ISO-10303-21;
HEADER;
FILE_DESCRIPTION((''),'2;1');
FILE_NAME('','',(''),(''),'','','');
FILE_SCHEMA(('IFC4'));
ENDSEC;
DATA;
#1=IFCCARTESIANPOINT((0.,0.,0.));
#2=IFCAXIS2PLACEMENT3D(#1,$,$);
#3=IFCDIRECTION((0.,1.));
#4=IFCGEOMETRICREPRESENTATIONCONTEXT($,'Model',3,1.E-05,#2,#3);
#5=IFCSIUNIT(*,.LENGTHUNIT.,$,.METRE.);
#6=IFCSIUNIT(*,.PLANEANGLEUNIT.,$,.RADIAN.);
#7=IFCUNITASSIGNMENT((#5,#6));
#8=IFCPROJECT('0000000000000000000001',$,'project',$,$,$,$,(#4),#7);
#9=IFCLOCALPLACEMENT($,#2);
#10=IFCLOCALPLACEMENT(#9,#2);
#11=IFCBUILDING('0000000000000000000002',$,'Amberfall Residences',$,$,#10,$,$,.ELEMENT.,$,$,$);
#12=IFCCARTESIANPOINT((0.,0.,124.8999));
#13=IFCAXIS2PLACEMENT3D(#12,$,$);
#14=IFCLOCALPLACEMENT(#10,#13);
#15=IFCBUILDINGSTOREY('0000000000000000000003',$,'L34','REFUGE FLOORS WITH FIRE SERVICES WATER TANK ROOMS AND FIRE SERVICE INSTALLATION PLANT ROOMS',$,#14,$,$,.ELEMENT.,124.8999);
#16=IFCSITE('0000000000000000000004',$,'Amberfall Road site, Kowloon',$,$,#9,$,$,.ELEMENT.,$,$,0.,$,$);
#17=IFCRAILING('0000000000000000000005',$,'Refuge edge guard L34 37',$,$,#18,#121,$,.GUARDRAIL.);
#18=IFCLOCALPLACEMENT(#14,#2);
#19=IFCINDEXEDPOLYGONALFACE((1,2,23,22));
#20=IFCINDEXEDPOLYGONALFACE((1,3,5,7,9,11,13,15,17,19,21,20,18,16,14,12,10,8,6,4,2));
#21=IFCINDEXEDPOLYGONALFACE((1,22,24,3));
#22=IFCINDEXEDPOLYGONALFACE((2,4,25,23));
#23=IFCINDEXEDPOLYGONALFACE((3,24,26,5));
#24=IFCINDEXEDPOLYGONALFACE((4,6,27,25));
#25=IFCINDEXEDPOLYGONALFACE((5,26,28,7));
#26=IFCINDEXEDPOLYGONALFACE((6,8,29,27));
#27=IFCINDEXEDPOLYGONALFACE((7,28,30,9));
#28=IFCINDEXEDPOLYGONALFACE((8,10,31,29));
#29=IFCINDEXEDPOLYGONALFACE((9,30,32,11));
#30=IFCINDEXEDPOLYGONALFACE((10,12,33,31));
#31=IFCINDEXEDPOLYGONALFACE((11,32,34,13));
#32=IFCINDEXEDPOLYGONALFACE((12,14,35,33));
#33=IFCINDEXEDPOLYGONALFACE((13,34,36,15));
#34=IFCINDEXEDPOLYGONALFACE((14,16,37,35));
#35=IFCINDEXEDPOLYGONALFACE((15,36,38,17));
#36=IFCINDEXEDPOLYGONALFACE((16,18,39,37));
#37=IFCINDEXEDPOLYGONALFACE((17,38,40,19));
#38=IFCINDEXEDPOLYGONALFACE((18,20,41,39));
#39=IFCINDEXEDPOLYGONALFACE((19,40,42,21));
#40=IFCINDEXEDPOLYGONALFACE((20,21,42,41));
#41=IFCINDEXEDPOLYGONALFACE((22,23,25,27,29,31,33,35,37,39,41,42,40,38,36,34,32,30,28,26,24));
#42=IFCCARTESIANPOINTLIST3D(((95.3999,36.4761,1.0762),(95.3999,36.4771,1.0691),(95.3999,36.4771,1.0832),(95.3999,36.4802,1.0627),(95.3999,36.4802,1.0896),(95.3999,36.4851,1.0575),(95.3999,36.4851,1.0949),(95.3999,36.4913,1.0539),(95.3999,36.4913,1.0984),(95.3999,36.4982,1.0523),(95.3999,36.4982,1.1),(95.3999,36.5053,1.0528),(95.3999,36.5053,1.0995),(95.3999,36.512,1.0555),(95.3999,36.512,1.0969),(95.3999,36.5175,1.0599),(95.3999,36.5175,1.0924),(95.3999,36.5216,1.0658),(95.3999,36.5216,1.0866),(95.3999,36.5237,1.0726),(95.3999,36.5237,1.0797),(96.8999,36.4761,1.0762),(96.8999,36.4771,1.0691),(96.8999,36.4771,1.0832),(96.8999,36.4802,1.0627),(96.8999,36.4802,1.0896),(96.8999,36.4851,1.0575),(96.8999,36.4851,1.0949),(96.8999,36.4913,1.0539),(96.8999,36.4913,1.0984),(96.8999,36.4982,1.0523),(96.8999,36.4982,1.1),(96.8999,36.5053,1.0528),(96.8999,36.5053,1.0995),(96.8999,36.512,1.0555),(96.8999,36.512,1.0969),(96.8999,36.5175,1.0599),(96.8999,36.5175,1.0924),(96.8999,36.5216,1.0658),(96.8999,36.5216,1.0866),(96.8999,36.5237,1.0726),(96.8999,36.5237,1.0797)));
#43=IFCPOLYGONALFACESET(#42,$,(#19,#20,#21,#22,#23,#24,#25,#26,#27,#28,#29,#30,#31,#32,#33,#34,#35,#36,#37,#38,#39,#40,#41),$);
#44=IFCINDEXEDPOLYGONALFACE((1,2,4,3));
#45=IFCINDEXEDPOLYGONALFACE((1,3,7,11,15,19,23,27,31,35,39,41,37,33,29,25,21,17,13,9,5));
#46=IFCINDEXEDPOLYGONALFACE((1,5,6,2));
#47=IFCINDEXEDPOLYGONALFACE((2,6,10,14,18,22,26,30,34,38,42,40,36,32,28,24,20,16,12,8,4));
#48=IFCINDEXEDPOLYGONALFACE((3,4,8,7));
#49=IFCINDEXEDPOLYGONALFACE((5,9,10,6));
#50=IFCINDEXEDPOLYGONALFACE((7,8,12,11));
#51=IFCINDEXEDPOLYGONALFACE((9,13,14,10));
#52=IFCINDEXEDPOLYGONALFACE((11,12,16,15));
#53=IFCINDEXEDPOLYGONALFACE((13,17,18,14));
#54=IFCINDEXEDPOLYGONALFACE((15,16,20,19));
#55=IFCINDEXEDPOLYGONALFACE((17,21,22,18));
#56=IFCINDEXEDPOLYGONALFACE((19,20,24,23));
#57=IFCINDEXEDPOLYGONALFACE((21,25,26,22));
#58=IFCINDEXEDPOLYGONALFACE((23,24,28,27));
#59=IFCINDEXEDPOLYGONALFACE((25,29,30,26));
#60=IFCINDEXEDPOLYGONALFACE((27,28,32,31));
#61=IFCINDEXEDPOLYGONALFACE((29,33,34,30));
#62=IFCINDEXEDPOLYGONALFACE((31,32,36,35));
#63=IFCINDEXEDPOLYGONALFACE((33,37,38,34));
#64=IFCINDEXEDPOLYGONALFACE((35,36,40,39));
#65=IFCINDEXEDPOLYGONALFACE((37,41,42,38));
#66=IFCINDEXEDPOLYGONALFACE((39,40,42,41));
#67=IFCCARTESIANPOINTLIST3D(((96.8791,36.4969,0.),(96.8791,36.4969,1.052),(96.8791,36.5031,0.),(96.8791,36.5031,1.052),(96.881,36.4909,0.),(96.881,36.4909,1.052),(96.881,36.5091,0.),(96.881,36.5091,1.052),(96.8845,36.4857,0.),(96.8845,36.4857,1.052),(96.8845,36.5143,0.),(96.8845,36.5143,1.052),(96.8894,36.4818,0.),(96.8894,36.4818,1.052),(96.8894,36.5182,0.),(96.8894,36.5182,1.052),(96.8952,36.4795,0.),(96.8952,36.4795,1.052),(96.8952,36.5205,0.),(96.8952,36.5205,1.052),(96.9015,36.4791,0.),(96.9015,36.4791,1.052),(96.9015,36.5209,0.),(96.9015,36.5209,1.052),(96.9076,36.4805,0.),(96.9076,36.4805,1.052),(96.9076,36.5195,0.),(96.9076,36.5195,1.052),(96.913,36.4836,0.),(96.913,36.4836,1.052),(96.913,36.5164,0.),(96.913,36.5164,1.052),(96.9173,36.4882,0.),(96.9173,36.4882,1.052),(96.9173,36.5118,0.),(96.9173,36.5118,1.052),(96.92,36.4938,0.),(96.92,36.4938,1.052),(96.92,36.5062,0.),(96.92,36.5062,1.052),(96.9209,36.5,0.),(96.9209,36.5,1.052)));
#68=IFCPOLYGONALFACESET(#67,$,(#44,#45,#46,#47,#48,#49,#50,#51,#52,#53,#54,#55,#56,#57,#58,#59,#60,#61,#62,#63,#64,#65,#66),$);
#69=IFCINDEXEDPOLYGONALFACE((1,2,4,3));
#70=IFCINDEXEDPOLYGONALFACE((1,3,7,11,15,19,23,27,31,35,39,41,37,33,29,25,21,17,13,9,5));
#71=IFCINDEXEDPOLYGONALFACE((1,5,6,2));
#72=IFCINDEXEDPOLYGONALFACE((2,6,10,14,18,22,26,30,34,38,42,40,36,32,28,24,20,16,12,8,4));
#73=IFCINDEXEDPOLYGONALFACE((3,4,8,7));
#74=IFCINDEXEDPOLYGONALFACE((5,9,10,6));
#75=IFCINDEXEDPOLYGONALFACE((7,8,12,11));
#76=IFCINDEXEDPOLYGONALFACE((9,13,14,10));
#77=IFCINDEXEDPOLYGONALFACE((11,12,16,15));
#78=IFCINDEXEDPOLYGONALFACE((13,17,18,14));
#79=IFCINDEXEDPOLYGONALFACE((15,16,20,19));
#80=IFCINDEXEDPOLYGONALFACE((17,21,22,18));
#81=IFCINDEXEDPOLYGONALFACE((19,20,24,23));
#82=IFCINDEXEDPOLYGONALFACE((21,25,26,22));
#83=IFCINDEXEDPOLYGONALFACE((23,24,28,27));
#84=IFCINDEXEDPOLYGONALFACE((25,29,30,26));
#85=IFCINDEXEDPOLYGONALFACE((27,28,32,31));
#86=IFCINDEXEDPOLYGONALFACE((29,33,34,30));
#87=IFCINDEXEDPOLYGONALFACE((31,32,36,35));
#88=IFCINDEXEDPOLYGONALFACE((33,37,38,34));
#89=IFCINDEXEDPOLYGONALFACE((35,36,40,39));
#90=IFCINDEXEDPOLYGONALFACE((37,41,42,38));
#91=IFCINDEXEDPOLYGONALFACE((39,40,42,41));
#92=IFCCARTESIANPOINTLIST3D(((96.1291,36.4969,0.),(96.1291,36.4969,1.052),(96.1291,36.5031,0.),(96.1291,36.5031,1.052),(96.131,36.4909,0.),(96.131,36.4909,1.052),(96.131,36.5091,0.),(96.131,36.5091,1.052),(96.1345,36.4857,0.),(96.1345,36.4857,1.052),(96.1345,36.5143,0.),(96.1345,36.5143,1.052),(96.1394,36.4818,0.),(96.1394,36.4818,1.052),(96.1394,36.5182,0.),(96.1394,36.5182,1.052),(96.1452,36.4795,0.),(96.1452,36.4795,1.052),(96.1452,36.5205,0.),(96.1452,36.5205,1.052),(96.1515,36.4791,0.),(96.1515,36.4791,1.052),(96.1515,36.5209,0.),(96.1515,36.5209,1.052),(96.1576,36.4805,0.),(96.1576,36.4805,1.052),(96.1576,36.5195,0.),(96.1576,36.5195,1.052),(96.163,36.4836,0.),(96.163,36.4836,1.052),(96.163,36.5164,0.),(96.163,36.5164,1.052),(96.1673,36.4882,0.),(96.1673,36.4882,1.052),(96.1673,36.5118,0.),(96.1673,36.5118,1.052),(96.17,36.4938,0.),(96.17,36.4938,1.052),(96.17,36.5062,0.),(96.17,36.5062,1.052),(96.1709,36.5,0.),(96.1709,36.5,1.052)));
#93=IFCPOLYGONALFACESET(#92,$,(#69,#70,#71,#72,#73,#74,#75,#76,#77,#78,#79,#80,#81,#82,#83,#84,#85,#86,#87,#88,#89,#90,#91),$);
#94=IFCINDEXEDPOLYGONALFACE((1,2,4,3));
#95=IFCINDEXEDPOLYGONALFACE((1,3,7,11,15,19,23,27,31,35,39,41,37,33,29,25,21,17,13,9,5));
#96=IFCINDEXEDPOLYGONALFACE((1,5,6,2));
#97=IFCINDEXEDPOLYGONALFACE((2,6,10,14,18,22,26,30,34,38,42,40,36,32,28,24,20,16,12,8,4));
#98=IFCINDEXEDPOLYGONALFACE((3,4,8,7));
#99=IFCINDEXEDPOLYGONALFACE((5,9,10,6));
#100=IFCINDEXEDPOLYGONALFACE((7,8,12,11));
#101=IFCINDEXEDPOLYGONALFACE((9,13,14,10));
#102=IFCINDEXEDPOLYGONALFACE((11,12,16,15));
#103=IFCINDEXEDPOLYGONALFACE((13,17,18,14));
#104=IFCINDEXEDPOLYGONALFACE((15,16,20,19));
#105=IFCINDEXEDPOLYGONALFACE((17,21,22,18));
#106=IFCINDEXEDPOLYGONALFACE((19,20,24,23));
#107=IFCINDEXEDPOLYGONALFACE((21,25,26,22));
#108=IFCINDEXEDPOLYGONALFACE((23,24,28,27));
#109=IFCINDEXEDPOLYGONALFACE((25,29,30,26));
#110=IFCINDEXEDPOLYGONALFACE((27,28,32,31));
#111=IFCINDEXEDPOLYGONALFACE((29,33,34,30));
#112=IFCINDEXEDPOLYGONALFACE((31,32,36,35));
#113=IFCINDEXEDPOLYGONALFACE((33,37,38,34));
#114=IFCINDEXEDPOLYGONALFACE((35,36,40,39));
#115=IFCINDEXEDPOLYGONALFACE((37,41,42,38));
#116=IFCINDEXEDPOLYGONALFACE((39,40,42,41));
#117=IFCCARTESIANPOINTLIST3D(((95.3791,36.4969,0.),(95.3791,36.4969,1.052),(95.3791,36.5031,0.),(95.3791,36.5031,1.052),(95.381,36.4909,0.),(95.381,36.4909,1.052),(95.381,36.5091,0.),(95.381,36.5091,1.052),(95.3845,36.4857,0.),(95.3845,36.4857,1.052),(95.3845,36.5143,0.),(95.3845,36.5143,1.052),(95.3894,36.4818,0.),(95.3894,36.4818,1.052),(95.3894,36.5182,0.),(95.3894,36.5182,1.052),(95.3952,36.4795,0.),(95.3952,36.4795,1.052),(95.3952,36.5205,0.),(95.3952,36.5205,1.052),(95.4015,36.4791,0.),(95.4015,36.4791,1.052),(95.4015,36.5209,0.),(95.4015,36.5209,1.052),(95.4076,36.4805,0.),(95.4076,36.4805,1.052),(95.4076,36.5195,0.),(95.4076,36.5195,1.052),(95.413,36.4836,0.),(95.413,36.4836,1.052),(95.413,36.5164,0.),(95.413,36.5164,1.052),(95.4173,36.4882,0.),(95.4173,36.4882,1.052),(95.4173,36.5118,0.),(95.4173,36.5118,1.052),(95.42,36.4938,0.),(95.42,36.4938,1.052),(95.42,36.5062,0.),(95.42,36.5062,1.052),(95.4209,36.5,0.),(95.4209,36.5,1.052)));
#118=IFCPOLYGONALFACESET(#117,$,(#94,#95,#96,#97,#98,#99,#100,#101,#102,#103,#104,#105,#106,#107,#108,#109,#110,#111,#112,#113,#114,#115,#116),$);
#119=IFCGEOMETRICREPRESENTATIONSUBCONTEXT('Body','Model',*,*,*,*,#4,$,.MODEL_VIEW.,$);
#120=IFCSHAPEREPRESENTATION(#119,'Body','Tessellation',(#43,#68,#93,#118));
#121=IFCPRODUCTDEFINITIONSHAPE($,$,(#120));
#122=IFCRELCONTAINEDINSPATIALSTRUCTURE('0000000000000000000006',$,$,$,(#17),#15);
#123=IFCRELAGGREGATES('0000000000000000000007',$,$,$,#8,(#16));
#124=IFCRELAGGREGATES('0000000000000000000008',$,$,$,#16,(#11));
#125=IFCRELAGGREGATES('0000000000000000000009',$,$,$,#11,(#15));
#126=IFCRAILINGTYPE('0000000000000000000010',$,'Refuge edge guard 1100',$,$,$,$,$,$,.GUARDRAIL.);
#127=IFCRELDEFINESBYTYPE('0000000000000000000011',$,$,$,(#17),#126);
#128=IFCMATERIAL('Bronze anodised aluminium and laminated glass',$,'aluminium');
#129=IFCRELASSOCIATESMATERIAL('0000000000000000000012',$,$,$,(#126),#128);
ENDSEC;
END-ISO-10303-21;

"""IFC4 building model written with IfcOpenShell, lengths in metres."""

from ifc_helpers import new_model, si_unit, direction, frame, origin, origin_2d, place, context, subcontext, project, spatial, circle, extrude, material, type_object, element, save


model = new_model("IFC4")

# Units and contexts
model_context = context("Model", 3, precision=1e-05, world=origin(), true_north=direction((0.0, 1.0)))
body_context = subcontext(model_context, "Body", "Model", "MODEL_VIEW")
ifc_project = project(units=[si_unit("LENGTHUNIT", "METRE"), si_unit("PLANEANGLEUNIT", "RADIAN")], contexts=[model_context])

# Site, building, storey
site_placement = place(None, origin())
site = spatial("IfcSite", under=ifc_project, at=site_placement, Name="Amberfall Road site, Kowloon", CompositionType="ELEMENT", RefElevation=0.0)
building_placement = place(site_placement, origin())
building = spatial("IfcBuilding", under=site, at=building_placement, Name="Amberfall Residences", CompositionType="ELEMENT")
storey_placement = place(building_placement, frame((0.0, 0.0, 124.8999)))
storey = spatial("IfcBuildingStorey", under=building, at=storey_placement, Name="L34", Description="REFUGE FLOORS WITH FIRE SERVICES WATER TANK ROOMS AND FIRE SERVICE INSTALLATION PLANT ROOMS", CompositionType="ELEMENT", Elevation=124.8999)

# Railing
ifc_material_1 = material(Name="Bronze anodised aluminium and laminated glass", Category="aluminium")
railing_type = type_object("IfcRailingType", Name="Refuge edge guard 1100", PredefinedType="GUARDRAIL", material=ifc_material_1)
railing_1_placement = place(storey_placement, frame((96.8999, 36.5, 0.0)))
element("IfcRailing", 1, at=railing_1_placement, inside=storey, type_object=railing_type, Name="Refuge edge guard L34 37", PredefinedType="GUARDRAIL", context=body_context, shape_type="SweptSolid", body=[
    extrude(circle(Radius=0.0239, at=origin_2d()), frame((0.0, 0.0, 1.0762), z_axis=(-1.0, 0.0, 0.0), x_axis=(0.0, -1.0, 0.0)), (0.0, 0.0, 1.0), 1.5),
    extrude(circle(Radius=0.021, at=origin_2d()), origin(), (0.0, 0.0, 1.0), 1.052),
    extrude(circle(Radius=0.021, at=origin_2d()), frame((-0.75, 0.0, 0.0)), (0.0, 0.0, 1.0), 1.052),
    extrude(circle(Radius=0.021, at=origin_2d()), frame((-1.5, 0.0, 0.0)), (0.0, 0.0, 1.0), 1.052),
])

save(model, "model.ifc")
